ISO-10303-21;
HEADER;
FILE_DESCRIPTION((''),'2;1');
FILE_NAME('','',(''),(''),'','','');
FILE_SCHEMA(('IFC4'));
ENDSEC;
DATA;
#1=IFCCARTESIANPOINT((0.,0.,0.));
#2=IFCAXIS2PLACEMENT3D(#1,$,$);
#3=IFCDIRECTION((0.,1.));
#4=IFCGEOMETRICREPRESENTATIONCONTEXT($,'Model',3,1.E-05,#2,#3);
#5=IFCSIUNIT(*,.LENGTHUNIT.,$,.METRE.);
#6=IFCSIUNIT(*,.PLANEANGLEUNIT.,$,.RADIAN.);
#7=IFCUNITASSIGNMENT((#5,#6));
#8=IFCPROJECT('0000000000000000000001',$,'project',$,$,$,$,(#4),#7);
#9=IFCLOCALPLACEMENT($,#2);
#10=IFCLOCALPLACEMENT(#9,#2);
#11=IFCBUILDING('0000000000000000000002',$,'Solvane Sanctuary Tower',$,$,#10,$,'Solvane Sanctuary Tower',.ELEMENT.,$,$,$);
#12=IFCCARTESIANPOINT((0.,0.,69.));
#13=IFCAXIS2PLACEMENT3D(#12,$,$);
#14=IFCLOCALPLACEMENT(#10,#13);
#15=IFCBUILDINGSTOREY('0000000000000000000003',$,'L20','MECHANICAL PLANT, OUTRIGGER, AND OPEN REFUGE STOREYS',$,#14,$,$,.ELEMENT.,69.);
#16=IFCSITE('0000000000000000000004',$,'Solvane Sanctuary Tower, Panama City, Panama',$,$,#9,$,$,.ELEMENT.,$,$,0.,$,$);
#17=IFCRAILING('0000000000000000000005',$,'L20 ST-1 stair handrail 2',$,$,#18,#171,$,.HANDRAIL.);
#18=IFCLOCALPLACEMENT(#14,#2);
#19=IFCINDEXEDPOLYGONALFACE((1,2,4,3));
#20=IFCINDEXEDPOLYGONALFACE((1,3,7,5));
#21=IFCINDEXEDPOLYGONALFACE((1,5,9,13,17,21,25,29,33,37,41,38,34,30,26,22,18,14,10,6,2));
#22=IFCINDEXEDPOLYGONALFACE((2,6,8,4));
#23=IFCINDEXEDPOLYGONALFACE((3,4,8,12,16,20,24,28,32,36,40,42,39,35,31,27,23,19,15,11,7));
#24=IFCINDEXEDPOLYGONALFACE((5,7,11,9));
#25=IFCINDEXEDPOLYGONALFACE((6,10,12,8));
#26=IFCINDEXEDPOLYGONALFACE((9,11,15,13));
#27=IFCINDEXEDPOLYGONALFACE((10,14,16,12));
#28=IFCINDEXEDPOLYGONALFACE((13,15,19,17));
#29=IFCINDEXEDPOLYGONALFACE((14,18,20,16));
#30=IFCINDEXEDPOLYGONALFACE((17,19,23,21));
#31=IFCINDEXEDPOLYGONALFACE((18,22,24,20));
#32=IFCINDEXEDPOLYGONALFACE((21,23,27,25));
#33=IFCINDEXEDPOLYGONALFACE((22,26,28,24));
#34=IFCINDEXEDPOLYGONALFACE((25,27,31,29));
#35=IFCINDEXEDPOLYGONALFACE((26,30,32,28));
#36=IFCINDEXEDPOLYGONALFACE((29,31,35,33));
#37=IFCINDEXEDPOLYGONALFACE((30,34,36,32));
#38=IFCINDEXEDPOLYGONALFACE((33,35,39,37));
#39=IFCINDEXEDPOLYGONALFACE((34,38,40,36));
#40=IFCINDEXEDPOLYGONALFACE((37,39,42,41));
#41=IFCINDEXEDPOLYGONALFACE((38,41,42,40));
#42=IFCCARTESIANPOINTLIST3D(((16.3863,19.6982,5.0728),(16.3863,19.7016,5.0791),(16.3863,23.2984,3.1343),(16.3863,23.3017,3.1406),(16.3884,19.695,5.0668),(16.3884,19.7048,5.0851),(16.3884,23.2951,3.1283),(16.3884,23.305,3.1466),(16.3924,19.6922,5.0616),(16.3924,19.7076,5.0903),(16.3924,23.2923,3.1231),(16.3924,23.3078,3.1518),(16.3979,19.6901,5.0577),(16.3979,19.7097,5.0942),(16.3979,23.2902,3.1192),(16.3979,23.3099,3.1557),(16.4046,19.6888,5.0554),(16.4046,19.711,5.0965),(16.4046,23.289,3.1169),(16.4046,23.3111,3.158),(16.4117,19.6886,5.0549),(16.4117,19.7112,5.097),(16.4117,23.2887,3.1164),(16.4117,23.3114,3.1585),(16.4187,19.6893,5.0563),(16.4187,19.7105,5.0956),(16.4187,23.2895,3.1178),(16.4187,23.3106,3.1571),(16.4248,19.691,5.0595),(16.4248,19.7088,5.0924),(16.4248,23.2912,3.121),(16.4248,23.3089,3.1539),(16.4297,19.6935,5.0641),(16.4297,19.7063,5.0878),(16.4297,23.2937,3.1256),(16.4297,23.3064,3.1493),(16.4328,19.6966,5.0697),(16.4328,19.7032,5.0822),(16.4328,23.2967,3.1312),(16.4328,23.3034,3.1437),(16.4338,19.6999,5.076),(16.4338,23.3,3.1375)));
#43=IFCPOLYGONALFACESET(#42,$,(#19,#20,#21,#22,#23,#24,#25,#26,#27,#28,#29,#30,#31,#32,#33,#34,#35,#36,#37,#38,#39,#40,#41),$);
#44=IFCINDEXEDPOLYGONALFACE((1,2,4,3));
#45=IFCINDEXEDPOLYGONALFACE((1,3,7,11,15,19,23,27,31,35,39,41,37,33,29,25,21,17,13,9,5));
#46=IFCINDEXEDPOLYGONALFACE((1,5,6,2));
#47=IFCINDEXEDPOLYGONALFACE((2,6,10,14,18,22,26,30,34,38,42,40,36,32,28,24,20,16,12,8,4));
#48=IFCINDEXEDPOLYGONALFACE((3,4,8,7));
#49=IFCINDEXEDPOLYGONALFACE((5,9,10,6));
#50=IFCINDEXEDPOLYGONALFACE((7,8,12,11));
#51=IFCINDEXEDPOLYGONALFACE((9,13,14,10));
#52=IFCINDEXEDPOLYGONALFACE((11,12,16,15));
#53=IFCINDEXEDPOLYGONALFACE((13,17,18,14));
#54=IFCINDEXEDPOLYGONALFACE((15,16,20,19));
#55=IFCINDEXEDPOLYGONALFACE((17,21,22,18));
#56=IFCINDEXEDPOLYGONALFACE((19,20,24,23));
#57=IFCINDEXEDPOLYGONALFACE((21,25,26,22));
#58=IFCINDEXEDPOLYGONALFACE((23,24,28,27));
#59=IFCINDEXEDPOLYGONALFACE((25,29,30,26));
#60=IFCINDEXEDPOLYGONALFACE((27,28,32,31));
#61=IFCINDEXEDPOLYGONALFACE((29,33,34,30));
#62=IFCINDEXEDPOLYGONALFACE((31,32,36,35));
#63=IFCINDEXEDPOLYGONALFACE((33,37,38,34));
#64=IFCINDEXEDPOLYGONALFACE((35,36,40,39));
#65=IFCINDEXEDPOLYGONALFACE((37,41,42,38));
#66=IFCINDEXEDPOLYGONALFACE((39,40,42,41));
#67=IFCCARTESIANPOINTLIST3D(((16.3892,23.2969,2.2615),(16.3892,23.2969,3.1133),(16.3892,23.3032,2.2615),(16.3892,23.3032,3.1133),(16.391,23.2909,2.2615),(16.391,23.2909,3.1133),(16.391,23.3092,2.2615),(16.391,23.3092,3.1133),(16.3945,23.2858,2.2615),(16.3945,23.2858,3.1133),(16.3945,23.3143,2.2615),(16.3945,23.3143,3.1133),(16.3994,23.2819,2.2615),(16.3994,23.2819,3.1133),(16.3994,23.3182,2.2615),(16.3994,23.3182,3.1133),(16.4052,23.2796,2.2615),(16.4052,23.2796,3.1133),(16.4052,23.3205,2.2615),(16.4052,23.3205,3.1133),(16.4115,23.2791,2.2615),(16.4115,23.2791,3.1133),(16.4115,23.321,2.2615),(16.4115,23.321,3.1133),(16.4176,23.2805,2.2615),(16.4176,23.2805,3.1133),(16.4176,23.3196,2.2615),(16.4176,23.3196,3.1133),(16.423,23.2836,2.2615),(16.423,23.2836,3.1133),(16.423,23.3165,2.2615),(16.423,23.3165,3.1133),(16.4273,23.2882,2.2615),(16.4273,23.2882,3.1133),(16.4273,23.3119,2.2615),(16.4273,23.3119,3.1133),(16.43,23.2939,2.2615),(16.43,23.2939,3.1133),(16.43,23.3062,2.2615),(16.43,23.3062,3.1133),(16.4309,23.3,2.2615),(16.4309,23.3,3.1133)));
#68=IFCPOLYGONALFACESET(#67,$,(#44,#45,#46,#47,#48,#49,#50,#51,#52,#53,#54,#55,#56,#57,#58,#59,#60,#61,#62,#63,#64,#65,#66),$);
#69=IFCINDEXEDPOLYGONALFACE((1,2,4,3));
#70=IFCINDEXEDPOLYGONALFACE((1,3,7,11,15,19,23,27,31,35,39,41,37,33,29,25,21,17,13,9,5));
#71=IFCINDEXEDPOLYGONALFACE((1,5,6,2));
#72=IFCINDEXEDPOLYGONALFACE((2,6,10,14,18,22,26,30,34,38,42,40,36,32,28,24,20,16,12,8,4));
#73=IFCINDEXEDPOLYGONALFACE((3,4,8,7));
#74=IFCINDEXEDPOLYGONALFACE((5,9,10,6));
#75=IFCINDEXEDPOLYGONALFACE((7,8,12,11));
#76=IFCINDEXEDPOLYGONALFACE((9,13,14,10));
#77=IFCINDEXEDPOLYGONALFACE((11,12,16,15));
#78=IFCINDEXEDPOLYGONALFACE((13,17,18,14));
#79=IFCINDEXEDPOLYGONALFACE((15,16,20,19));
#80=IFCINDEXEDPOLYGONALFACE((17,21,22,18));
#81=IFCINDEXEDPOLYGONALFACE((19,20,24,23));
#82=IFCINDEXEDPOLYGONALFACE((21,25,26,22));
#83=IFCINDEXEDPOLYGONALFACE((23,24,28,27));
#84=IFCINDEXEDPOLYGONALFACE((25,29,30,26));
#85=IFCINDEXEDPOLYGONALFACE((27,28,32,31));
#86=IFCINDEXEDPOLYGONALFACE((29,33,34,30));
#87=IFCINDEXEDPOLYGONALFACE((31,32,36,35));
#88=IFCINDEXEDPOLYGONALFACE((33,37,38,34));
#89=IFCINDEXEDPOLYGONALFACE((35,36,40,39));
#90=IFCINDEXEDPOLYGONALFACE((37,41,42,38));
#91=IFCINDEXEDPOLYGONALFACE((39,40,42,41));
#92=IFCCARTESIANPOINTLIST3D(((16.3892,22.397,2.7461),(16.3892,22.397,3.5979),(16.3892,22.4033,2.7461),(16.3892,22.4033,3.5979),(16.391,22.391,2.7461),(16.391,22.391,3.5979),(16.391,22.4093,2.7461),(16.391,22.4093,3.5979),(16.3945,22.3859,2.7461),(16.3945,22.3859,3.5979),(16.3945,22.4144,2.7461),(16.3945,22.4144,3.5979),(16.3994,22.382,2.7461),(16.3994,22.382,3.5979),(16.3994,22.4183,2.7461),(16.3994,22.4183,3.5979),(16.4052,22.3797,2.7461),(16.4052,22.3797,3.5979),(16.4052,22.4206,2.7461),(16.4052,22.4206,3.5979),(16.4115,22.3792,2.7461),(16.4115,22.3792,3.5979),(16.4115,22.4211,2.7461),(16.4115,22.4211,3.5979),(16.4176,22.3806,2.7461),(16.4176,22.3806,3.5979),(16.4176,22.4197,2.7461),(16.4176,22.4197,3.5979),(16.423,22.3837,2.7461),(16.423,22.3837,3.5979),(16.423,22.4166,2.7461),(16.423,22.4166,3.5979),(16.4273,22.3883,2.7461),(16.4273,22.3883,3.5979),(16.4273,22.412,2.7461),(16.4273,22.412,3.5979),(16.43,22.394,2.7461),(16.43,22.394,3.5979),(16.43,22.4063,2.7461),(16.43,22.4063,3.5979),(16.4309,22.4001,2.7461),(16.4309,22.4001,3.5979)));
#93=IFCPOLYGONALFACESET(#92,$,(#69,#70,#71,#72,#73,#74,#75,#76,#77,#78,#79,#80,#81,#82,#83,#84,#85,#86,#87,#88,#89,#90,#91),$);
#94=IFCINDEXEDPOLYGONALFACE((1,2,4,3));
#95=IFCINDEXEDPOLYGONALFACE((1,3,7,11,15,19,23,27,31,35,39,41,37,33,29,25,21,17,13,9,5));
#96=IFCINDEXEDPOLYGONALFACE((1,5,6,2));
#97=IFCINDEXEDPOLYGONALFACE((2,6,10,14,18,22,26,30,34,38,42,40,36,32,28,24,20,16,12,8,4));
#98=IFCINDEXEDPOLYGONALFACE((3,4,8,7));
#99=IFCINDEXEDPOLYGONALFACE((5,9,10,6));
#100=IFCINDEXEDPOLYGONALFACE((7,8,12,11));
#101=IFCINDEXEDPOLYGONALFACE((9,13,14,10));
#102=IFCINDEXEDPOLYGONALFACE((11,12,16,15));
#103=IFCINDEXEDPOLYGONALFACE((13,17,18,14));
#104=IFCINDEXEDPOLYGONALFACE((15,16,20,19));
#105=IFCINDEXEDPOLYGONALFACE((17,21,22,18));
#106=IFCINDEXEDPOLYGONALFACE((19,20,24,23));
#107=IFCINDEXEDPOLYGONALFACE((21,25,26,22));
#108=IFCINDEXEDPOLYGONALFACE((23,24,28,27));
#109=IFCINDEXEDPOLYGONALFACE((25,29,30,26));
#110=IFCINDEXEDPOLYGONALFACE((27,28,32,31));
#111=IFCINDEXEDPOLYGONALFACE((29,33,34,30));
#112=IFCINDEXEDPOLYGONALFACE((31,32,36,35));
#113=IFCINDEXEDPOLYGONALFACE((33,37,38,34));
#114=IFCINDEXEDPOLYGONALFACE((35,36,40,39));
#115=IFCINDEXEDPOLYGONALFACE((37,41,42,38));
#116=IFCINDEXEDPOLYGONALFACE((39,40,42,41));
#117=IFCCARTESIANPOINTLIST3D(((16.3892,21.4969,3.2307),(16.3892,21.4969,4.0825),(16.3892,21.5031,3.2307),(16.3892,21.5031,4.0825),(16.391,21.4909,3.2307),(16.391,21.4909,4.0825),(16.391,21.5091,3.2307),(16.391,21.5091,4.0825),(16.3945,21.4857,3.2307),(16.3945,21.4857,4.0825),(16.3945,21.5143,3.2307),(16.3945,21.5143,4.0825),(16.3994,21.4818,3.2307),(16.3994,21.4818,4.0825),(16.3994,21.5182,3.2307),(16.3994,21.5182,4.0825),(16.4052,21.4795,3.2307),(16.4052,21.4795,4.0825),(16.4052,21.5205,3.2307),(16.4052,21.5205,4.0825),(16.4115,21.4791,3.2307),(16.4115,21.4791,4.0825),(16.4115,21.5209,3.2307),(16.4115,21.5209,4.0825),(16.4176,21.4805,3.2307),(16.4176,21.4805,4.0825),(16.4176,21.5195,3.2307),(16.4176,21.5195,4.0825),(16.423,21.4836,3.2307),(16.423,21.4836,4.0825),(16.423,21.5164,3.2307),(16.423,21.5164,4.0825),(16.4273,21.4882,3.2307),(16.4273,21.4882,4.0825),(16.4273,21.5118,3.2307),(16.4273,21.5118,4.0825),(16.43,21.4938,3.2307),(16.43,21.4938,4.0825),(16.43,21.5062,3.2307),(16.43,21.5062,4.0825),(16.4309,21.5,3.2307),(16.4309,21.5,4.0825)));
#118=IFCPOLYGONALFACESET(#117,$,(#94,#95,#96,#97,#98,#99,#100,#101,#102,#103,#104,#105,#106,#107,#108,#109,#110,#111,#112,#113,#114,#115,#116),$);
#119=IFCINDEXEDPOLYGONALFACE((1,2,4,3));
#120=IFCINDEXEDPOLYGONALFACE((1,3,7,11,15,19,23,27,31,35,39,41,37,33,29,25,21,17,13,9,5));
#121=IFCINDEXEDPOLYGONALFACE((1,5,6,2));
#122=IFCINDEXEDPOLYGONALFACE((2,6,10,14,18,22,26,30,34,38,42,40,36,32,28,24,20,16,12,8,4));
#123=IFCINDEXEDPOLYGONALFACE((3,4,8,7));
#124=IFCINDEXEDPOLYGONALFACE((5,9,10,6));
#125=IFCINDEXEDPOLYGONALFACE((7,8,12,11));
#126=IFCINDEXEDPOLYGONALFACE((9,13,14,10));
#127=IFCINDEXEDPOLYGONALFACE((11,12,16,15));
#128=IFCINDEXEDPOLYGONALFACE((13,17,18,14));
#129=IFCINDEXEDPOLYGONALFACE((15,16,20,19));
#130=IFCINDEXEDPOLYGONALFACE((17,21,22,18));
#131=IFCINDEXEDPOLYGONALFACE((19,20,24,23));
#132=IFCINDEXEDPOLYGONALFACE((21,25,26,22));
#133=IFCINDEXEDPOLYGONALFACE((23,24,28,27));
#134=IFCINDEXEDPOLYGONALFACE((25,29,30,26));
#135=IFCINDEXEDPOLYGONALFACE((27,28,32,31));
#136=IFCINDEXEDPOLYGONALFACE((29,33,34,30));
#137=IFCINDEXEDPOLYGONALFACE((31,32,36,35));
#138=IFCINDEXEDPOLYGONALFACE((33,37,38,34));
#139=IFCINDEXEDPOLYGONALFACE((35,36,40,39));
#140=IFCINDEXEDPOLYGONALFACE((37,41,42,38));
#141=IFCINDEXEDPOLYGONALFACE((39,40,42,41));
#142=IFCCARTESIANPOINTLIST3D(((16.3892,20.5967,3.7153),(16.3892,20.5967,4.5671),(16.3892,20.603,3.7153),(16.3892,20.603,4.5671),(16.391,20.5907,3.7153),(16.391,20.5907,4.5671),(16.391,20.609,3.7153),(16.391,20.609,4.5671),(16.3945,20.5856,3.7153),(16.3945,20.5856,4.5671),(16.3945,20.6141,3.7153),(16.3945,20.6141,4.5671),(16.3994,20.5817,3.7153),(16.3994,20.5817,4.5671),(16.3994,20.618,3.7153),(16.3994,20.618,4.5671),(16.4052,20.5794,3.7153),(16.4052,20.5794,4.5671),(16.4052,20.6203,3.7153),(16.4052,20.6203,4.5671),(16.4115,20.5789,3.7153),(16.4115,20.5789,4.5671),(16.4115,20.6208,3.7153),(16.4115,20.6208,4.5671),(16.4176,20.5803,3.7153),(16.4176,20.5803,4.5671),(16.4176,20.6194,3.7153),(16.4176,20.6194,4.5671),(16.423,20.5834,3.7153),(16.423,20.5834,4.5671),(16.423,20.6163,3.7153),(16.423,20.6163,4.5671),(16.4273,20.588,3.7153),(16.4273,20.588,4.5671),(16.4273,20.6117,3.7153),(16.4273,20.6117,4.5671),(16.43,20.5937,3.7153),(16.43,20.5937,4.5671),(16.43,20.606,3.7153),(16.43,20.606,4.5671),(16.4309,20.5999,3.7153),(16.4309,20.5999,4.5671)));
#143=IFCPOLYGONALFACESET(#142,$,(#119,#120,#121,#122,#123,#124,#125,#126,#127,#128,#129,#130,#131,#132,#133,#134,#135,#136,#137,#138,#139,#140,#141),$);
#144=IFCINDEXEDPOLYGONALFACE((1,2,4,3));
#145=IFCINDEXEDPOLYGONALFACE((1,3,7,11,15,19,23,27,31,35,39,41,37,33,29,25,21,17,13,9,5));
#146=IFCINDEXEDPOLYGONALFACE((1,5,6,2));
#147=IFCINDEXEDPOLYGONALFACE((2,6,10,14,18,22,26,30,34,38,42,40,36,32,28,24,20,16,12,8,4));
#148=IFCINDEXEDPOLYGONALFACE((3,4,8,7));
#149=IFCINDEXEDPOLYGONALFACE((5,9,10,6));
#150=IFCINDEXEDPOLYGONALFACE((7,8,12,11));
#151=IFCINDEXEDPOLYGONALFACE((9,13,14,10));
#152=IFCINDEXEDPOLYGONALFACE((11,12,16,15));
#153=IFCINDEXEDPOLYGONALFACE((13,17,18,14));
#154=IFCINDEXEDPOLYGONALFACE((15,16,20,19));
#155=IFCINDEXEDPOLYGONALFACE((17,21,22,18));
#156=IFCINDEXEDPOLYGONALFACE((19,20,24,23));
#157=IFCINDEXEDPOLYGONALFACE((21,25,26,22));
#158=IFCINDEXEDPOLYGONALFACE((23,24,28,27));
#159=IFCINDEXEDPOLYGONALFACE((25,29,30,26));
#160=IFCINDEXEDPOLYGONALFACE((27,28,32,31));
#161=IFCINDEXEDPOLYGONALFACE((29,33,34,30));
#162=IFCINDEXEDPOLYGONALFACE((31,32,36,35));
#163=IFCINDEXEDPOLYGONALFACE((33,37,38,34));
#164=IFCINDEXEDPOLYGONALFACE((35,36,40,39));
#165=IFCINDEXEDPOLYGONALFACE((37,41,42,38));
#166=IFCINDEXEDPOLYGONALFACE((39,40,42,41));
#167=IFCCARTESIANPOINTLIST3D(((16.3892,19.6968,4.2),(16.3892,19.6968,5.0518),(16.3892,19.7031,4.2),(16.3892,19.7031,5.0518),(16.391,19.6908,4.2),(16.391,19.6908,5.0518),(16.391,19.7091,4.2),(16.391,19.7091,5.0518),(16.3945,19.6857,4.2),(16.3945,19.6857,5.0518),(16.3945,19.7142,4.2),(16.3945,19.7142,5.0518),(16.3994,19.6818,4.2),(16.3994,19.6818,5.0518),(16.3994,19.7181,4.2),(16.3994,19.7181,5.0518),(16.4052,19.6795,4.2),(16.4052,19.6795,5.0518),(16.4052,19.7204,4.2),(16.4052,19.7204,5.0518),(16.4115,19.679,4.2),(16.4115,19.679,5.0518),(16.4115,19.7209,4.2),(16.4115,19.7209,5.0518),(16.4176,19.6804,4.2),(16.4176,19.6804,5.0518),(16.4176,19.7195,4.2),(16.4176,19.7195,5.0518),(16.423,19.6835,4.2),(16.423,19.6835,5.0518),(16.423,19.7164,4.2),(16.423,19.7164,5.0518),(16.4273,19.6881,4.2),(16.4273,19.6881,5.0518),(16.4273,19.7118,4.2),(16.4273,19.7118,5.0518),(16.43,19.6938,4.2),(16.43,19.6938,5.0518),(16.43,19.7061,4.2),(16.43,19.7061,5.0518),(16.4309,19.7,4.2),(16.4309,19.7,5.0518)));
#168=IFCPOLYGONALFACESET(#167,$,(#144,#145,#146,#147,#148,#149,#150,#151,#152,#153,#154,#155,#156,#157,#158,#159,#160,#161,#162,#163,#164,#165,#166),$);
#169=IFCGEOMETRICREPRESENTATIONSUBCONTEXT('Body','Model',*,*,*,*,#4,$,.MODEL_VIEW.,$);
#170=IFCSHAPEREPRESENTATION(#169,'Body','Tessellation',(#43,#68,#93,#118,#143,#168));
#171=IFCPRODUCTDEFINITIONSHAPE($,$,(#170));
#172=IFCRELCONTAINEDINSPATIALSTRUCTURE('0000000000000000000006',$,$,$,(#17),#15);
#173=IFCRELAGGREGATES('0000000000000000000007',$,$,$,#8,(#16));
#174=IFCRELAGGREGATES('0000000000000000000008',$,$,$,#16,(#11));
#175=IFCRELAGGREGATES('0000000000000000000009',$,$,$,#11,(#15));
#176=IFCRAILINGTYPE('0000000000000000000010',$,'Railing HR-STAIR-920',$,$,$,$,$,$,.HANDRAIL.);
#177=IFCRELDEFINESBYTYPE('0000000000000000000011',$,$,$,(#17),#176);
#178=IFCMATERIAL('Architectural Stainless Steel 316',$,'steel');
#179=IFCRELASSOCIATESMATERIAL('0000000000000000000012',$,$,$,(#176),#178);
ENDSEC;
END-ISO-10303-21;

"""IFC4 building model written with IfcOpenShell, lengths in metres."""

from ifc_helpers import new_model, si_unit, direction, frame, origin, origin_2d, place, context, subcontext, project, spatial, circle, extrude, material, type_object, element, save


model = new_model("IFC4")

# Units and contexts
model_context = context("Model", 3, precision=1e-05, world=origin(), true_north=direction((0.0, 1.0)))
body_context = subcontext(model_context, "Body", "Model", "MODEL_VIEW")
ifc_project = project(units=[si_unit("LENGTHUNIT", "METRE"), si_unit("PLANEANGLEUNIT", "RADIAN")], contexts=[model_context])

# Site, building, storey
site_placement = place(None, origin())
site = spatial("IfcSite", under=ifc_project, at=site_placement, Name="Solvane Sanctuary Tower, Panama City, Panama", CompositionType="ELEMENT", RefElevation=0.0)
building_placement = place(site_placement, origin())
building = spatial("IfcBuilding", under=site, at=building_placement, Name="Solvane Sanctuary Tower", LongName="Solvane Sanctuary Tower", CompositionType="ELEMENT")
storey_placement = place(building_placement, frame((0.0, 0.0, 69.0)))
storey = spatial("IfcBuildingStorey", under=building, at=storey_placement, Name="L20", Description="MECHANICAL PLANT, OUTRIGGER, AND OPEN REFUGE STOREYS", CompositionType="ELEMENT", Elevation=69.0)

# Shared definitions
ifc_material_1 = material(Name="Architectural Stainless Steel 316", Category="steel")

# Railing
railing_type_1 = type_object("IfcRailingType", Name="Railing HR-STAIR-920", PredefinedType="HANDRAIL", material=ifc_material_1)
for number, where, name in (
    (1, (16.4099, 23.3, 2.2615), "L20 ST-1 stair handrail 2"),
):
    element("IfcRailing", number, at=place(storey_placement, frame(where)), inside=storey, type_object=railing_type_1, Name=name, PredefinedType="HANDRAIL", context=body_context, shape_type="SweptSolid", body=[
        extrude(circle(Radius=0.0239, at=origin_2d()), frame((0.0, 0.0, 0.876), z_axis=(0.0, -0.880475, 0.474093), x_axis=(1.0, 0.0, 0.0)), (0.0, 0.0, 1.0), 4.0889),
        extrude(circle(Radius=0.021, at=origin_2d()), origin(), (0.0, 0.0, 1.0), 0.8518),
        extrude(circle(Radius=0.021, at=origin_2d()), frame((0.0, -0.8999, 0.4846)), (0.0, 0.0, 1.0), 0.8518),
        extrude(circle(Radius=0.021, at=origin_2d()), frame((0.0, -1.8, 0.9692)), (0.0, 0.0, 1.0), 0.8518),
        extrude(circle(Radius=0.021, at=origin_2d()), frame((0.0, -2.7002, 1.4539)), (0.0, 0.0, 1.0), 0.8518),
        extrude(circle(Radius=0.021, at=origin_2d()), frame((0.0, -3.6001, 1.9385)), (0.0, 0.0, 1.0), 0.8518),
    ])

save(model, "model.ifc")
